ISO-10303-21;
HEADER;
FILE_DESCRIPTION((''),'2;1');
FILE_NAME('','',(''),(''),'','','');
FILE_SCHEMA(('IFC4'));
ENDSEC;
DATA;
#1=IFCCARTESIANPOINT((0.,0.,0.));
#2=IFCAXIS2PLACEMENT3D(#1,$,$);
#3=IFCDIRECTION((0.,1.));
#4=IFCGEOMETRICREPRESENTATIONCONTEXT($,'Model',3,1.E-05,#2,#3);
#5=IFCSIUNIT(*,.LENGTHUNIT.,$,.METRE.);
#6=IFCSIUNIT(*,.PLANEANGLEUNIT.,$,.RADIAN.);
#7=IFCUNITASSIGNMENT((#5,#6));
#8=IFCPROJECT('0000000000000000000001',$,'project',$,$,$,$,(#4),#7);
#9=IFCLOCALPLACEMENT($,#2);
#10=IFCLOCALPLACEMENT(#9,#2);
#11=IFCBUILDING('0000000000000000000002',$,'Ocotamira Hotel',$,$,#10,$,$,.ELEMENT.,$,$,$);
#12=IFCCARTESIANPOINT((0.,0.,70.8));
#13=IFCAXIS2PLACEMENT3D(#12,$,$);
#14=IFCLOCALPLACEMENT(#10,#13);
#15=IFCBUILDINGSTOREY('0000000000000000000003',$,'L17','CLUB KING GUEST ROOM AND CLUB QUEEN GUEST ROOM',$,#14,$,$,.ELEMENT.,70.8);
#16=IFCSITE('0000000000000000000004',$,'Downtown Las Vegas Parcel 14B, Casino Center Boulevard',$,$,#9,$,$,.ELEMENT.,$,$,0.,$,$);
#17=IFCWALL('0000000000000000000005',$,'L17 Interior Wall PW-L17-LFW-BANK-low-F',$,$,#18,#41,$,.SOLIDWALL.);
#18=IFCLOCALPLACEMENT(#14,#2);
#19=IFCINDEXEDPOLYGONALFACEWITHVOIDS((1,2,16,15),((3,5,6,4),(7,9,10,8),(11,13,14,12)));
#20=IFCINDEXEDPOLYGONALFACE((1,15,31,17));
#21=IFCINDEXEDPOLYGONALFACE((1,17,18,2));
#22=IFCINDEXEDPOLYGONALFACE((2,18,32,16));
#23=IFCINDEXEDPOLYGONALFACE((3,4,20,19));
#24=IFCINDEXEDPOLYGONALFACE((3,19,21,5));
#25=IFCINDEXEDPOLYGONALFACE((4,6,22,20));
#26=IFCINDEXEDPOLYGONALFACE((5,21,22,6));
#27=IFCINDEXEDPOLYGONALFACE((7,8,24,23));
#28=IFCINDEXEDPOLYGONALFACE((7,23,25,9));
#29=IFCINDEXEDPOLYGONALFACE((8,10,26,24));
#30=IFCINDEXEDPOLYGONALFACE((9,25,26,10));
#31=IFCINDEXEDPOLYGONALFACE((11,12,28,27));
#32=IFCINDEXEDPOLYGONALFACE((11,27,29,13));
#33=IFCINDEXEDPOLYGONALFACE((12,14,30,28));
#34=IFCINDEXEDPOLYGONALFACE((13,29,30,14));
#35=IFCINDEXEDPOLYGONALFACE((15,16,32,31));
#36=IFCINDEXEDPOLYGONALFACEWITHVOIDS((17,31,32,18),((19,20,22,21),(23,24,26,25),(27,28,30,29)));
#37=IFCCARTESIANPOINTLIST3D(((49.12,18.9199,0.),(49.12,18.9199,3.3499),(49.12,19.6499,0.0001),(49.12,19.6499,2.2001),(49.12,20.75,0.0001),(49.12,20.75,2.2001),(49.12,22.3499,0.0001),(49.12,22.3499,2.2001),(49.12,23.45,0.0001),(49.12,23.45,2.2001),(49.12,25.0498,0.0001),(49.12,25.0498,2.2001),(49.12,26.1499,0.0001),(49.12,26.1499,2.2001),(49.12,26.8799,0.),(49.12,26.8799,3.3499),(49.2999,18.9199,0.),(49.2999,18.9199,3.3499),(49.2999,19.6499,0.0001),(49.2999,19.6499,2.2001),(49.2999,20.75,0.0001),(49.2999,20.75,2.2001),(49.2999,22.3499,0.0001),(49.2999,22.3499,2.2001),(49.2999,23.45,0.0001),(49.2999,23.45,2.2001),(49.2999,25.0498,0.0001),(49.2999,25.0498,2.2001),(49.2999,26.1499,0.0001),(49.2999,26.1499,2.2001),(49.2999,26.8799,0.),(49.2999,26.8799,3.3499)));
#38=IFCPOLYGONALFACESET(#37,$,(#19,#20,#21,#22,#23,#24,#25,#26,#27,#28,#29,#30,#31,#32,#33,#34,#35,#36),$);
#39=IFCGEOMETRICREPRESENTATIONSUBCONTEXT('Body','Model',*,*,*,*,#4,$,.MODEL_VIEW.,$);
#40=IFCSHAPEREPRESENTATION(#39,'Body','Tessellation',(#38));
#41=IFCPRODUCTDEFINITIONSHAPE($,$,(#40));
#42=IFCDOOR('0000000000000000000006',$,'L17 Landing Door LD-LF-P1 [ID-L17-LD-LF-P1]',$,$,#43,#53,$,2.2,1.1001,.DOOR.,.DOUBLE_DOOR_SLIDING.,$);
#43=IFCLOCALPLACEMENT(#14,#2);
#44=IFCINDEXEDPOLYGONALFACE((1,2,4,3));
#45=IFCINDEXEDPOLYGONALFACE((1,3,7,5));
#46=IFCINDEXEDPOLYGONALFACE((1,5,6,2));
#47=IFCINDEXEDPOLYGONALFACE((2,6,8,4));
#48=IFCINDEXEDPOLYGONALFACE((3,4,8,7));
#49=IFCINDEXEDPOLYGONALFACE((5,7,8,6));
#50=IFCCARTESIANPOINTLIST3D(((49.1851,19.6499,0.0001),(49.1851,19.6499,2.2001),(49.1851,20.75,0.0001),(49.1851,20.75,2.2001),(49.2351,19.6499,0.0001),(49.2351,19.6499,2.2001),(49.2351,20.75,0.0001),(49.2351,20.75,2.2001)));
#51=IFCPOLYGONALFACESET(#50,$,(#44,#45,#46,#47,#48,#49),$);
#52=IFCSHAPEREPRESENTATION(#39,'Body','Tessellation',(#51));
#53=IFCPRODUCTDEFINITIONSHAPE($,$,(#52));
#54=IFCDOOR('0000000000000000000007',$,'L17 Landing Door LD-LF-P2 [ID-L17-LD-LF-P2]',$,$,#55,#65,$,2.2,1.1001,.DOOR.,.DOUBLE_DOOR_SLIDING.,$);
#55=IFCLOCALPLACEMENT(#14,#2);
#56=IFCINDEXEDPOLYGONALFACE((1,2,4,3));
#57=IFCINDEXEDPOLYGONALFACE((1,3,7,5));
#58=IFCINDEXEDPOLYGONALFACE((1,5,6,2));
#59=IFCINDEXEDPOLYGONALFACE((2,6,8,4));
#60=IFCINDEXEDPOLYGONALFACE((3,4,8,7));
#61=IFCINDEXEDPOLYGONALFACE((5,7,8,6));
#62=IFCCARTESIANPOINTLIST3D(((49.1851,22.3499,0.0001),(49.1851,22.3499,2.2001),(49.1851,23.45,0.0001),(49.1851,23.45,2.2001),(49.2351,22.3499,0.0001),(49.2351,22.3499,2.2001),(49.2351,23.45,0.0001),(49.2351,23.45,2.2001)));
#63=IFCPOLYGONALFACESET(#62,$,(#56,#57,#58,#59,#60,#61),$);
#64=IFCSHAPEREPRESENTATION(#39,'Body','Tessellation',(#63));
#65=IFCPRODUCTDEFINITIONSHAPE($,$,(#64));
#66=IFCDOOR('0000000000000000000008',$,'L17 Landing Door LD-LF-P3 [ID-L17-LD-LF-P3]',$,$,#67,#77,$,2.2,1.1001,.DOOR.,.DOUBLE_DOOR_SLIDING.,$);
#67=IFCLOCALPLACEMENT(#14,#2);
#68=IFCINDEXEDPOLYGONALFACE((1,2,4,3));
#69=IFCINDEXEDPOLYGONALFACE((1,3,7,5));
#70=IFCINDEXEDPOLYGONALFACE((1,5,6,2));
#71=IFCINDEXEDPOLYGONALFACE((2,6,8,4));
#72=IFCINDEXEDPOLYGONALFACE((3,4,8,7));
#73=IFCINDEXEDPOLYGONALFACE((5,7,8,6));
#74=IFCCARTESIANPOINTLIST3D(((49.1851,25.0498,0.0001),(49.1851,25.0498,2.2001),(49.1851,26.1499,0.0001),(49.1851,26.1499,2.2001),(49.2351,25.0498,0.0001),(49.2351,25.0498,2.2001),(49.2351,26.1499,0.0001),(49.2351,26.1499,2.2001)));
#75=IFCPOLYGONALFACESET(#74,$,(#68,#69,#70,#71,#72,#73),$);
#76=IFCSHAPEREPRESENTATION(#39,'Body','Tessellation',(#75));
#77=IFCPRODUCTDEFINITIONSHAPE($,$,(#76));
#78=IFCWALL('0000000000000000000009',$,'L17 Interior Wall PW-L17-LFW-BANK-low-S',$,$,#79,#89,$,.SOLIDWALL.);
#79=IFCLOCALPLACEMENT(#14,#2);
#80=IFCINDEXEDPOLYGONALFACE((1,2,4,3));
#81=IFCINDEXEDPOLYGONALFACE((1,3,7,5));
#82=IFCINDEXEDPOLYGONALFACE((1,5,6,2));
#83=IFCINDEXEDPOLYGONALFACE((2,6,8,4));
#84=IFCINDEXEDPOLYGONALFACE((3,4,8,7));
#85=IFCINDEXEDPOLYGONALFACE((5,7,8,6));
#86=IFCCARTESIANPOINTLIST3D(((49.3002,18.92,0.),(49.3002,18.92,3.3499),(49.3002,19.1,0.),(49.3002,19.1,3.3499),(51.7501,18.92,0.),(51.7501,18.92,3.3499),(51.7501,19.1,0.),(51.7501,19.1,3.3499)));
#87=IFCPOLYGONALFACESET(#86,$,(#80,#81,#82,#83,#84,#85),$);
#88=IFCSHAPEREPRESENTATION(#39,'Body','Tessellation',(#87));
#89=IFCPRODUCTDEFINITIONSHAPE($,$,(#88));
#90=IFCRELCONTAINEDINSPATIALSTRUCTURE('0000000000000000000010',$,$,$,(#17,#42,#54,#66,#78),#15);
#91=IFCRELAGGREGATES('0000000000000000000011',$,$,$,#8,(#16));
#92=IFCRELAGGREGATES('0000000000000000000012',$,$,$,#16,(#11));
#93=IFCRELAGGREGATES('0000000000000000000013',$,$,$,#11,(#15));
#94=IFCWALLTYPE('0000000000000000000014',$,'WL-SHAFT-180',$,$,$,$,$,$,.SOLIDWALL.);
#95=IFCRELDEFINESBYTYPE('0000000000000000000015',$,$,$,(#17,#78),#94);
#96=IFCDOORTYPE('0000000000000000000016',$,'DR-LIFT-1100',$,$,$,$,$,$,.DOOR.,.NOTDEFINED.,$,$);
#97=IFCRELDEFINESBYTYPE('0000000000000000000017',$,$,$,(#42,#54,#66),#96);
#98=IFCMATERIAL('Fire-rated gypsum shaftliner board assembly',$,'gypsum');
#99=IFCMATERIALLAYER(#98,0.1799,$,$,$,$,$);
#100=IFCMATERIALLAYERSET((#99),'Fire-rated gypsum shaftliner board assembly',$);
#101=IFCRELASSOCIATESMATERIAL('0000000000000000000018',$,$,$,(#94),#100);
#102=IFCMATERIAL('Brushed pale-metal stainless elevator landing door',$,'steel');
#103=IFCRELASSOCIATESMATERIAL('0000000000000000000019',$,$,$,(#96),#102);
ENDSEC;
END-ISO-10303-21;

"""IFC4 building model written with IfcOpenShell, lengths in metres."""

from ifc_helpers import new_model, si_unit, direction, frame, frame_2d, origin, place, context, subcontext, project, spatial, rectangle, extrude, source, transform, mapped, material, layer, layer_set, type_object, element, fill, save


model = new_model("IFC4")

# Units and contexts
model_context = context("Model", 3, precision=1e-05, world=origin(), true_north=direction((0.0, 1.0)))
body_context = subcontext(model_context, "Body", "Model", "MODEL_VIEW")
ifc_project = project(units=[si_unit("LENGTHUNIT", "METRE"), si_unit("PLANEANGLEUNIT", "RADIAN")], contexts=[model_context])

# Site, building, storey
site_placement = place(None, origin())
site = spatial("IfcSite", under=ifc_project, at=site_placement, Name="Downtown Las Vegas Parcel 14B, Casino Center Boulevard", CompositionType="ELEMENT", RefElevation=0.0)
building_placement = place(site_placement, origin())
building = spatial("IfcBuilding", under=site, at=building_placement, Name="Ocotamira Hotel", CompositionType="ELEMENT")
storey_placement = place(building_placement, frame((0.0, 0.0, 70.8)))
storey = spatial("IfcBuildingStorey", under=building, at=storey_placement, Name="L17", Description="CLUB KING GUEST ROOM AND CLUB QUEEN GUEST ROOM", CompositionType="ELEMENT", Elevation=70.8)

# Wall, openings, doors
ifc_material_1 = material(Name="Fire-rated gypsum shaftliner board assembly", Category="gypsum")
ifc_layer_1 = layer(ifc_material_1, 0.1799)
ifc_layer_set_1 = layer_set([ifc_layer_1], Name="Fire-rated gypsum shaftliner board assembly")
wall_type_1 = type_object("IfcWallType", Name="WL-SHAFT-180", PredefinedType="SOLIDWALL", material=ifc_layer_set_1)
wall_1_placement = place(storey_placement, frame((49.21, 18.9199, 0.0), z_axis=(0.0, 0.0, 1.0), x_axis=(0.0, 1.0, 0.0)))
wall_1 = element("IfcWall", 1, at=wall_1_placement, inside=storey, type_object=wall_type_1, Name="L17 Interior Wall PW-L17-LFW-BANK-low-F", PredefinedType="SOLIDWALL", context=body_context, shape_type="SweptSolid", body=[
    extrude(rectangle(XDim=7.96, YDim=0.1799, at=frame_2d((3.98, 0.0))), origin(), (0.0, 0.0, 1.0), 3.3499),
])
opening_1_placement = place(wall_1_placement, frame((0.73, 0.0, 0.0)))
opening_1 = element("IfcOpeningElement", 2, at=opening_1_placement, cuts=wall_1, PredefinedType="OPENING", context=body_context, shape_type="SweptSolid", body=[
    extrude(rectangle(XDim=1.1001, YDim=2.2, at=frame_2d((0.55, 1.1001))), frame((0.0, 0.1001, 0.0), z_axis=(0.0, -1.0, 0.0), x_axis=(1.0, 0.0, 0.0)), (0.0, 0.0, 1.0), 0.2),
])
opening_2_placement = place(wall_1_placement, frame((3.4299, 0.0, 0.0)))
opening_2 = element("IfcOpeningElement", 3, at=opening_2_placement, cuts=wall_1, PredefinedType="OPENING", context=body_context, shape_type="SweptSolid", body=[
    extrude(rectangle(XDim=1.1001, YDim=2.2, at=frame_2d((0.55, 1.1001))), frame((0.0, 0.1001, 0.0), z_axis=(0.0, -1.0, 0.0), x_axis=(1.0, 0.0, 0.0)), (0.0, 0.0, 1.0), 0.2),
])
opening_3_placement = place(wall_1_placement, frame((6.1299, 0.0, 0.0)))
opening_3 = element("IfcOpeningElement", 4, at=opening_3_placement, cuts=wall_1, PredefinedType="OPENING", context=body_context, shape_type="SweptSolid", body=[
    extrude(rectangle(XDim=1.1001, YDim=2.2, at=frame_2d((0.55, 1.1001))), frame((0.0, 0.1001, 0.0), z_axis=(0.0, -1.0, 0.0), x_axis=(1.0, 0.0, 0.0)), (0.0, 0.0, 1.0), 0.2),
])
ifc_material_2 = material(Name="Brushed pale-metal stainless elevator landing door", Category="steel")
door_type = type_object("IfcDoorType", Name="DR-LIFT-1100", OperationType="NOTDEFINED", PredefinedType="DOOR", material=ifc_material_2)
shared_shape_1 = source(origin(), body_context, "Body", "SweptSolid", [
    extrude(rectangle(XDim=1.1001, YDim=2.2, at=frame_2d((0.55, 1.1001))), frame((0.0, 0.0249, 0.0), z_axis=(0.0, -1.0, 0.0), x_axis=(1.0, 0.0, 0.0)), (0.0, 0.0, 1.0), 0.05),
])
door_1_placement = place(opening_1_placement, origin())
door_1 = element("IfcDoor", 5, at=door_1_placement, inside=storey, type_object=door_type, Name="L17 Landing Door LD-LF-P1 [ID-L17-LD-LF-P1]", OperationType="DOUBLE_DOOR_SLIDING", OverallHeight=2.2, OverallWidth=1.1001, PredefinedType="DOOR", context=body_context, shape_type="MappedRepresentation", body=[
    mapped(shared_shape_1, transform((0.0, 0.0, 0.0), scale=1.0)),
])
fill(opening_1, door_1)
door_2_placement = place(opening_2_placement, origin())
door_2 = element("IfcDoor", 6, at=door_2_placement, inside=storey, type_object=door_type, Name="L17 Landing Door LD-LF-P2 [ID-L17-LD-LF-P2]", OperationType="DOUBLE_DOOR_SLIDING", OverallHeight=2.2, OverallWidth=1.1001, PredefinedType="DOOR", context=body_context, shape_type="MappedRepresentation", body=[
    mapped(shared_shape_1, transform((0.0, 0.0, 0.0), scale=1.0)),
])
fill(opening_2, door_2)
door_3_placement = place(opening_3_placement, origin())
door_3 = element("IfcDoor", 7, at=door_3_placement, inside=storey, type_object=door_type, Name="L17 Landing Door LD-LF-P3 [ID-L17-LD-LF-P3]", OperationType="DOUBLE_DOOR_SLIDING", OverallHeight=2.2, OverallWidth=1.1001, PredefinedType="DOOR", context=body_context, shape_type="MappedRepresentation", body=[
    mapped(shared_shape_1, transform((0.0, 0.0, 0.0), scale=1.0)),
])
fill(opening_3, door_3)

# Wall
wall_2_placement = place(storey_placement, frame((49.3, 19.01, 0.0), z_axis=(0.0, 0.0, 1.0), x_axis=(1.0, 0.0, 0.0)))
element("IfcWall", 8, at=wall_2_placement, inside=storey, type_object=wall_type_1, Name="L17 Interior Wall PW-L17-LFW-BANK-low-S", PredefinedType="SOLIDWALL", context=body_context, shape_type="SweptSolid", body=[
    extrude(rectangle(XDim=2.45, YDim=0.1799, at=frame_2d((1.2251, 0.0))), origin(), (0.0, 0.0, 1.0), 3.3499),
])

save(model, "model.ifc")
